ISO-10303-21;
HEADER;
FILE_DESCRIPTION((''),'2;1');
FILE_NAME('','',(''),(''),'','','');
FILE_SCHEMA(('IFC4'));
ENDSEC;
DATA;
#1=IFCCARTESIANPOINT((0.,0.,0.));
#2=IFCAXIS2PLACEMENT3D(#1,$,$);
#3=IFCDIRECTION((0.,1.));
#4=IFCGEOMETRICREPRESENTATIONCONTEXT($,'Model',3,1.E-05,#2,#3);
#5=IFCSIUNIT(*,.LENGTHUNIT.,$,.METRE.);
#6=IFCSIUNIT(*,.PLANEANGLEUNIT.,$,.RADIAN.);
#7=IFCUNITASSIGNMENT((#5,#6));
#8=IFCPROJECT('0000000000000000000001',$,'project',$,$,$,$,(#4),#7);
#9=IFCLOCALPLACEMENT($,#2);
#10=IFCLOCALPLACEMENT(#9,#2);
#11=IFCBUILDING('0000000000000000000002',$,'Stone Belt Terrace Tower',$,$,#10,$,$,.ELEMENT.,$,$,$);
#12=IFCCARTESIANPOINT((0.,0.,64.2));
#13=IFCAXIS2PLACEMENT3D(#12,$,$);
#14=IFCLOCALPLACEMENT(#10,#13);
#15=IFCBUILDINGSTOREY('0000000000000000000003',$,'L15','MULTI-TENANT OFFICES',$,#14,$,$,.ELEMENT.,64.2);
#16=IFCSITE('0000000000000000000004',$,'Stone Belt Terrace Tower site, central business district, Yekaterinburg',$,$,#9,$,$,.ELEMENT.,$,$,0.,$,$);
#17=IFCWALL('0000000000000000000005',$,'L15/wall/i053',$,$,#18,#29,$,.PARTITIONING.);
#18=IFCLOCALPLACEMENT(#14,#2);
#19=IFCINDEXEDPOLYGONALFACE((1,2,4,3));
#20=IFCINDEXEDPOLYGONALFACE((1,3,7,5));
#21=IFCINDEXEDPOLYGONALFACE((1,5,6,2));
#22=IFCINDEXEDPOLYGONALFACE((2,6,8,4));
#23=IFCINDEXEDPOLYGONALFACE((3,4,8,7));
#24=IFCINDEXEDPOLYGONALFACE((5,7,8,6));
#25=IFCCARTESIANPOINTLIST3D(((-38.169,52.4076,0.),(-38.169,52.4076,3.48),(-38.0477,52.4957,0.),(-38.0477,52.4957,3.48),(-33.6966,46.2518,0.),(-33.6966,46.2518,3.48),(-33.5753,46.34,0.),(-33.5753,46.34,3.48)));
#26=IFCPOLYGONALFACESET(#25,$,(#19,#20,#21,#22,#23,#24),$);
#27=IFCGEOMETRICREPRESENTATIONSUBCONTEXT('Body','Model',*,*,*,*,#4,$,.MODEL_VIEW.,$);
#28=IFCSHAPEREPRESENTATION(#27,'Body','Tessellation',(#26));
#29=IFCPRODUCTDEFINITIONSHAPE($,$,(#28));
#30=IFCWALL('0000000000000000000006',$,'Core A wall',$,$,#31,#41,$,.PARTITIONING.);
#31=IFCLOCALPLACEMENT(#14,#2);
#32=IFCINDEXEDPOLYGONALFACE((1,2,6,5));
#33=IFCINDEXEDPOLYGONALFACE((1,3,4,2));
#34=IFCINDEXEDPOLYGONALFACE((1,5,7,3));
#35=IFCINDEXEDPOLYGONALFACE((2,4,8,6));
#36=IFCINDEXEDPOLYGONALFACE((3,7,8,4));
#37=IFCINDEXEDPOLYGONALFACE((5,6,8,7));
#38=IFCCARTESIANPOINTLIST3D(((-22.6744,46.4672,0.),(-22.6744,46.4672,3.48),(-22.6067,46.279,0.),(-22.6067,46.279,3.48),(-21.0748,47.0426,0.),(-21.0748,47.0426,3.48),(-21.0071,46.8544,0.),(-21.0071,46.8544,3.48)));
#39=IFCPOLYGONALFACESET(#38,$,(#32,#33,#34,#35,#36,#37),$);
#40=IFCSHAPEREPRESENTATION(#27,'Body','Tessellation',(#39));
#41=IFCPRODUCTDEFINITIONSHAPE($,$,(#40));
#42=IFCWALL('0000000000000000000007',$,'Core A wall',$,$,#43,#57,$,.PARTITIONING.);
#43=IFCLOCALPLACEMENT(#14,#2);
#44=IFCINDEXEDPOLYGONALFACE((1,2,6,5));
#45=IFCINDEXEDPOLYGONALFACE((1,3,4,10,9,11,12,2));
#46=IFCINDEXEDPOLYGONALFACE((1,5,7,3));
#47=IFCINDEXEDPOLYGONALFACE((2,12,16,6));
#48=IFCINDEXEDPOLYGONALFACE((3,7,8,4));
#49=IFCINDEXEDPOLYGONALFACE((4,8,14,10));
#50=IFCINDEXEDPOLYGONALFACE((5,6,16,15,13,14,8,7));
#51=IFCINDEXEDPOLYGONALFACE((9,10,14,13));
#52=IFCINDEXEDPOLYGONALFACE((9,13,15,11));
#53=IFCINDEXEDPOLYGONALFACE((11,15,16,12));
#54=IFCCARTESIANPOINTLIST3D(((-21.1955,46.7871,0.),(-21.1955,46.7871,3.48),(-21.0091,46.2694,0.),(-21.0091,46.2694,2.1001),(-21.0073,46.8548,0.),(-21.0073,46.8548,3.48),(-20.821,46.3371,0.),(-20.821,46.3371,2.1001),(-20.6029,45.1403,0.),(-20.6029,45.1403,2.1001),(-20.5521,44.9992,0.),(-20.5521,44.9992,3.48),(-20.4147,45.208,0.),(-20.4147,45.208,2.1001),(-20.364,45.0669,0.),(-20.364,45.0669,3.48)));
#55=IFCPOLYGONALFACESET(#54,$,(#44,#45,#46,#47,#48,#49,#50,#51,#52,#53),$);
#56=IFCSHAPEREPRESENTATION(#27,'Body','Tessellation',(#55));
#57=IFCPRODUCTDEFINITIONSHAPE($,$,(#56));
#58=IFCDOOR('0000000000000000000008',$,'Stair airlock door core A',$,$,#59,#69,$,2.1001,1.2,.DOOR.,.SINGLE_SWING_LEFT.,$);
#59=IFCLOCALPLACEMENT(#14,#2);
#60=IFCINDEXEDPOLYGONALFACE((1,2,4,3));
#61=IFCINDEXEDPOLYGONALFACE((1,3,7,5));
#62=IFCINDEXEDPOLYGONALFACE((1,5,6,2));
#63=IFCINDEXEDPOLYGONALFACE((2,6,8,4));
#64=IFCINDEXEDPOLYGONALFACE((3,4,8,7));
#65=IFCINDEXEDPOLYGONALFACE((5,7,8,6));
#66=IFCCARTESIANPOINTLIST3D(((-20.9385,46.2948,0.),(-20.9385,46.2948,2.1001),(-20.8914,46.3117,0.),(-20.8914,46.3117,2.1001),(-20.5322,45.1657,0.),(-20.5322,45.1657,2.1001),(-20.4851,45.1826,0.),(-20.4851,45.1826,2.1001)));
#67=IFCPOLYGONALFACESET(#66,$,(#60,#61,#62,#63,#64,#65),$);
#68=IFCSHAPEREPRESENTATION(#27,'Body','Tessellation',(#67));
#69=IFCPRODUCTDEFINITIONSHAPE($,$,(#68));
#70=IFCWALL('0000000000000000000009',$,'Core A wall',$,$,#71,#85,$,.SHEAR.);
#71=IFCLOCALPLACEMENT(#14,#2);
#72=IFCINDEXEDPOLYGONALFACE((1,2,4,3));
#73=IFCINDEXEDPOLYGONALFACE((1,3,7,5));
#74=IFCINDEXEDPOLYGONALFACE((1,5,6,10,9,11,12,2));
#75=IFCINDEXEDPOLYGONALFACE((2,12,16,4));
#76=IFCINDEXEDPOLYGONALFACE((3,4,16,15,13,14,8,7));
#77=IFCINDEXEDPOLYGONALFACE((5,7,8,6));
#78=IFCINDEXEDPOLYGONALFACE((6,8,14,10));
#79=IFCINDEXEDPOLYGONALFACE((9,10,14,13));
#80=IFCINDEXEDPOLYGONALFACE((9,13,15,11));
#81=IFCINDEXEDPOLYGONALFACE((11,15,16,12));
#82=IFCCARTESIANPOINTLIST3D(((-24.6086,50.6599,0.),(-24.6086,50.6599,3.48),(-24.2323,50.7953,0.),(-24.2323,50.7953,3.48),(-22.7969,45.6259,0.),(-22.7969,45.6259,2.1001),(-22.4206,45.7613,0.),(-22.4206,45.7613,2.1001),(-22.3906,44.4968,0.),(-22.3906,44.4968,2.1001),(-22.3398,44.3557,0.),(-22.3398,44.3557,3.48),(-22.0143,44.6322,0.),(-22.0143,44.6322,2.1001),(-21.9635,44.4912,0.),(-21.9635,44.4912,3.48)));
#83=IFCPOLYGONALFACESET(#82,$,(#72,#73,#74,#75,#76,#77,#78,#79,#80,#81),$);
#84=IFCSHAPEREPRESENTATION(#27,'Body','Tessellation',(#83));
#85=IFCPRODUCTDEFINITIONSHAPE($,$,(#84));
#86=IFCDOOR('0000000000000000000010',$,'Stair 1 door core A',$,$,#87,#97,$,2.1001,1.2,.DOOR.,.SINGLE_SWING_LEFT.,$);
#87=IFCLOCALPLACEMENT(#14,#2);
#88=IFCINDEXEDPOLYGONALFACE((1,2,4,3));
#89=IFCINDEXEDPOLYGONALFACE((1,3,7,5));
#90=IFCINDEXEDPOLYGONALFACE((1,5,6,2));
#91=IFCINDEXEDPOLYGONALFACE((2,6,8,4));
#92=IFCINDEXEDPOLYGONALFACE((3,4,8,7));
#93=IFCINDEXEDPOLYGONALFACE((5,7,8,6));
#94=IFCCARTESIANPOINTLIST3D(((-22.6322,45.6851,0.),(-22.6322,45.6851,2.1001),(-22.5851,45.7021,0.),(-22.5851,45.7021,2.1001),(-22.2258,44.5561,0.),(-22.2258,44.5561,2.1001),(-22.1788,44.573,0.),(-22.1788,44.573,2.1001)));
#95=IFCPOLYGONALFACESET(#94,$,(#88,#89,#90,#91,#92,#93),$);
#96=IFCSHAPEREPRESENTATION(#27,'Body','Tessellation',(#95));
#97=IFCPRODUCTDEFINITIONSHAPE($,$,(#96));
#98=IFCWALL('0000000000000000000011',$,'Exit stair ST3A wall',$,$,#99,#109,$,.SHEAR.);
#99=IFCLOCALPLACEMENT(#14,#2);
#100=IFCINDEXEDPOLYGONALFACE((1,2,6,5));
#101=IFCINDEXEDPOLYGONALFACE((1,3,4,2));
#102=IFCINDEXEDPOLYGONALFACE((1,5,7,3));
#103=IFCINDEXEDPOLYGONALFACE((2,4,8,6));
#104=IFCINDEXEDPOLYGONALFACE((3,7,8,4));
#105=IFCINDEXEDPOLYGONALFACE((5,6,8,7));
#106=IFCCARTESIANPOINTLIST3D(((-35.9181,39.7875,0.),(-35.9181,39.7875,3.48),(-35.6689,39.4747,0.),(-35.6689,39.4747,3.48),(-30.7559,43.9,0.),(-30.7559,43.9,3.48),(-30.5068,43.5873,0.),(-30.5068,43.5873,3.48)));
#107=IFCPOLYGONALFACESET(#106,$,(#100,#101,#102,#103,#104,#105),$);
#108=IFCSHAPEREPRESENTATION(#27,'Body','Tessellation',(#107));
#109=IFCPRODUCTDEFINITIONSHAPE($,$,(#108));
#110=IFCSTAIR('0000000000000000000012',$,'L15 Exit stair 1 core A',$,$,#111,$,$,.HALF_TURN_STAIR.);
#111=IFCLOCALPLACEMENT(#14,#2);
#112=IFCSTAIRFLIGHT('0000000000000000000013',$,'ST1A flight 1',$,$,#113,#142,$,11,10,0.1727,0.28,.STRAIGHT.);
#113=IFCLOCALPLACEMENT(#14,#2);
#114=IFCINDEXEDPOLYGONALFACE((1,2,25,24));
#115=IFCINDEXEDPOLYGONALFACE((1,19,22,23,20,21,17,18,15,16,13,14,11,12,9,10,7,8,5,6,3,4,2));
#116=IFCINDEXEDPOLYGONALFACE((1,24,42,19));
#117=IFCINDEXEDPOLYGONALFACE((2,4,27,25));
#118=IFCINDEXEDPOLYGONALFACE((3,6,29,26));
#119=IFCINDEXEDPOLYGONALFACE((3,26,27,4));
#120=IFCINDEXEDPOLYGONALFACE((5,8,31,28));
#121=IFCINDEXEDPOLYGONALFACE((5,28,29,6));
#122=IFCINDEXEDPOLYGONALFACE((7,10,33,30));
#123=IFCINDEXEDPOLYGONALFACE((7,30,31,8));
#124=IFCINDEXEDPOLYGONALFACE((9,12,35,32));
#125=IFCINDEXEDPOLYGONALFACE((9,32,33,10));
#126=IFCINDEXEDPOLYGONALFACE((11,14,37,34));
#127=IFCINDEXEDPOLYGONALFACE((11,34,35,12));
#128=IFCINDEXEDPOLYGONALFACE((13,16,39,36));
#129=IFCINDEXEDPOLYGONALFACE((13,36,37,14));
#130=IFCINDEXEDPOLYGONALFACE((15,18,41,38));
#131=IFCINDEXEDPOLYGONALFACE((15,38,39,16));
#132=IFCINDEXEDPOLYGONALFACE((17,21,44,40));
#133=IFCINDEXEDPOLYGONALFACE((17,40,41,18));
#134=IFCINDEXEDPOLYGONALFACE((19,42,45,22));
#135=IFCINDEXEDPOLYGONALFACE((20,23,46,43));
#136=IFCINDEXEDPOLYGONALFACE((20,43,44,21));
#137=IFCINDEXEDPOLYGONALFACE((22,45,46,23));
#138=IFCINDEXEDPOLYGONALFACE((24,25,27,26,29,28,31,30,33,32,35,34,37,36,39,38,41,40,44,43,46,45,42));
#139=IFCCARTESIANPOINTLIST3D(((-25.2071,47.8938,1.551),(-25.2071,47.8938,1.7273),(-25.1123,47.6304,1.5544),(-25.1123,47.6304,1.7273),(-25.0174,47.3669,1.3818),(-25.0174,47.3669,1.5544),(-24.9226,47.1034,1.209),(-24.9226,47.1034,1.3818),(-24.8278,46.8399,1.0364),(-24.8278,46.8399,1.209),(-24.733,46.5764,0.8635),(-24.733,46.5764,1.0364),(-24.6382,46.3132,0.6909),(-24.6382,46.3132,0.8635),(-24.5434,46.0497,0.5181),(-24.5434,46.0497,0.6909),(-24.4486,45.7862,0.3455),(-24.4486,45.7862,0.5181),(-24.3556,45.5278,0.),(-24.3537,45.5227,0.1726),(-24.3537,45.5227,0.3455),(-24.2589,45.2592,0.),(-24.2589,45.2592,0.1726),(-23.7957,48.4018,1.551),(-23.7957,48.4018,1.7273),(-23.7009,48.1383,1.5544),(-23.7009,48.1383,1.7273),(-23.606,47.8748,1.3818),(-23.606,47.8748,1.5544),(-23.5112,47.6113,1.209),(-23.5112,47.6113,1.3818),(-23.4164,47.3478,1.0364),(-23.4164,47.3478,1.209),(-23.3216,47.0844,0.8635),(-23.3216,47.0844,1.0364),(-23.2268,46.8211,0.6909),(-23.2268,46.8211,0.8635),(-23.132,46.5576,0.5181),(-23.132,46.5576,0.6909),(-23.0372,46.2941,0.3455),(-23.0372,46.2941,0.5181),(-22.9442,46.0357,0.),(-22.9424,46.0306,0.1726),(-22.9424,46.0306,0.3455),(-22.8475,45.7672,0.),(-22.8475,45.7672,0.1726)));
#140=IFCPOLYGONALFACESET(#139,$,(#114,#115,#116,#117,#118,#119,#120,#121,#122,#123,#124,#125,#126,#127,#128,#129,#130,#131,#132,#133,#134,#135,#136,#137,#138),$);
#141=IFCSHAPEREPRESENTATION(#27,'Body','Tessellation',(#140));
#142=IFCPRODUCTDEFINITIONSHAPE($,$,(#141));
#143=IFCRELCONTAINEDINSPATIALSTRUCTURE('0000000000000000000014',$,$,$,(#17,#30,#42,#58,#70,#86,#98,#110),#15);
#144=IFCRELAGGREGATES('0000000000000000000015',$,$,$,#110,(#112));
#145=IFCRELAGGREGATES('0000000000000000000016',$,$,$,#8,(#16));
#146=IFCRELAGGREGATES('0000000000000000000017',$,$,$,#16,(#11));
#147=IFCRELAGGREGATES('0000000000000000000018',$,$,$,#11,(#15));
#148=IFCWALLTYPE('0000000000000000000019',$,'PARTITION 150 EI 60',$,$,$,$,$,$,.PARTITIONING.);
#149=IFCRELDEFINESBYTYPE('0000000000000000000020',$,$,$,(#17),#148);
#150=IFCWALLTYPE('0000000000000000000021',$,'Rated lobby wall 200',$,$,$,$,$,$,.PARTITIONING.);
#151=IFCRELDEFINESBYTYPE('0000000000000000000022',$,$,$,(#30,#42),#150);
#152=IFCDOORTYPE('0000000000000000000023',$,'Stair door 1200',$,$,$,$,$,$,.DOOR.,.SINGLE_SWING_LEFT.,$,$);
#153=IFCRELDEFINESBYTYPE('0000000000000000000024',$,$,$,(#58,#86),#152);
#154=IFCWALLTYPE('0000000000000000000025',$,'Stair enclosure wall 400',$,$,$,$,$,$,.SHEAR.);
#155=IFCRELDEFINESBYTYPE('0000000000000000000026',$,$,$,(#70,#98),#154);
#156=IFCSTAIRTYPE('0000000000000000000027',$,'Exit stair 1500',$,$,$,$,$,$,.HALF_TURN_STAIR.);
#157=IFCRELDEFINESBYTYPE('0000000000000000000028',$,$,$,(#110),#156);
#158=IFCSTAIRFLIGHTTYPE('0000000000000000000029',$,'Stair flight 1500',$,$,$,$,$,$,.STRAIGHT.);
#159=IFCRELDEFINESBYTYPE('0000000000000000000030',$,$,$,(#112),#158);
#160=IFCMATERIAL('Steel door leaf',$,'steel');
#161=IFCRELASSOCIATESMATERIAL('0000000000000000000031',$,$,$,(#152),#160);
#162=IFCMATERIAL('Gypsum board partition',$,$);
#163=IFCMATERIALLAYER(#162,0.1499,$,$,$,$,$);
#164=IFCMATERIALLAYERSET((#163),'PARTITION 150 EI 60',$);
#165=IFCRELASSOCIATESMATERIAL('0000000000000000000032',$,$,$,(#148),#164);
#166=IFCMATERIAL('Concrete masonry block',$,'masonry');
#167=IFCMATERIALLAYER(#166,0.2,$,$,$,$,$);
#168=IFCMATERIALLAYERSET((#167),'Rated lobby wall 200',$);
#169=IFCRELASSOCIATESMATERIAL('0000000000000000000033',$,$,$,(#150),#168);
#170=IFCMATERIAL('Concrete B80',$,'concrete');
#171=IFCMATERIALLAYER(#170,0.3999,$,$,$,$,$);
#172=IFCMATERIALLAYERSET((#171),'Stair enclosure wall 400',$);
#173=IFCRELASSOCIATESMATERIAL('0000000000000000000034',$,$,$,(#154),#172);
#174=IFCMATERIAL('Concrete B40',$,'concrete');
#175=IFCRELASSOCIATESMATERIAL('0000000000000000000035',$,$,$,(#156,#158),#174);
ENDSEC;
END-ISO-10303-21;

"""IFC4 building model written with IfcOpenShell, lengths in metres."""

from ifc_helpers import new_model, si_unit, direction, frame, frame_2d, origin, place, context, subcontext, project, spatial, polyline, rectangle, outline, extrude, material, layer, layer_set, type_object, element, fill, aggregate, save


model = new_model("IFC4")

# Units and contexts
model_context = context("Model", 3, precision=1e-05, world=origin(), true_north=direction((0.0, 1.0)))
body_context = subcontext(model_context, "Body", "Model", "MODEL_VIEW")
ifc_project = project(units=[si_unit("LENGTHUNIT", "METRE"), si_unit("PLANEANGLEUNIT", "RADIAN")], contexts=[model_context])

# Site, building, storey
site_placement = place(None, origin())
site = spatial("IfcSite", under=ifc_project, at=site_placement, Name="Stone Belt Terrace Tower site, central business district, Yekaterinburg", CompositionType="ELEMENT", RefElevation=0.0)
building_placement = place(site_placement, origin())
building = spatial("IfcBuilding", under=site, at=building_placement, Name="Stone Belt Terrace Tower", CompositionType="ELEMENT")
storey_placement = place(building_placement, frame((0.0, 0.0, 64.2)))
storey = spatial("IfcBuildingStorey", under=building, at=storey_placement, Name="L15", Description="MULTI-TENANT OFFICES", CompositionType="ELEMENT", Elevation=64.2)

# Shared definitions
ifc_material_1 = material(Name="Concrete B80", Category="concrete")

# Shared definitions
ifc_material_2 = material(Name="Steel door leaf", Category="steel")
door_type_1 = type_object("IfcDoorType", Name="Stair door 1200", OperationType="SINGLE_SWING_LEFT", PredefinedType="DOOR", material=ifc_material_2)

# Shared definitions
ifc_material_3 = material(Name="Gypsum board partition")
ifc_layer_1 = layer(ifc_material_3, 0.1499)
ifc_layer_set_1 = layer_set([ifc_layer_1], Name="PARTITION 150 EI 60")
wall_type_1 = type_object("IfcWallType", Name="PARTITION 150 EI 60", PredefinedType="PARTITIONING", material=ifc_layer_set_1)

# Walls
wall_1_placement = place(storey_placement, frame((-33.636, 46.2959, 0.0), z_axis=(0.0, 0.0, 1.0), x_axis=(-0.587784, 0.809018, 0.0)))
element("IfcWall", 1, at=wall_1_placement, inside=storey, type_object=wall_type_1, Name="L15/wall/i053", PredefinedType="PARTITIONING", context=body_context, shape_type="SweptSolid", body=[
    extrude(rectangle(XDim=7.6089, YDim=0.1499, at=frame_2d((3.8044, 0.0))), origin(), (0.0, 0.0, 1.0), 3.48),
])
ifc_material_4 = material(Name="Concrete masonry block", Category="masonry")
ifc_layer_2 = layer(ifc_material_4, 0.2)
ifc_layer_set_2 = layer_set([ifc_layer_2], Name="Rated lobby wall 200")
wall_type_2 = type_object("IfcWallType", Name="Rated lobby wall 200", PredefinedType="PARTITIONING", material=ifc_layer_set_2)
wall_2_placement = place(storey_placement, frame((-22.6406, 46.373, 0.0), z_axis=(0.0, 0.0, 1.0), x_axis=(0.940966, 0.338501, 0.0)))
element("IfcWall", 2, at=wall_2_placement, inside=storey, type_object=wall_type_2, Name="Core A wall", PredefinedType="PARTITIONING", context=body_context, shape_type="SweptSolid", body=[
    extrude(rectangle(XDim=1.7, YDim=0.2, at=frame_2d((0.8501, 0.0))), origin(), (0.0, 0.0, 1.0), 3.48),
])

# Walls, openings, doors
wall_3_placement = place(storey_placement, frame((-20.458, 45.033, 0.0), z_axis=(0.0, 0.0, 1.0), x_axis=(-0.338574, 0.94094, 0.0)))
wall_3 = element("IfcWall", 3, at=wall_3_placement, inside=storey, type_object=wall_type_2, Name="Core A wall", PredefinedType="PARTITIONING", context=body_context, shape_type="SweptSolid", body=[
    extrude(rectangle(XDim=1.9001, YDim=0.2, at=frame_2d((0.9502, 0.0))), origin(), (0.0, 0.0, 1.0), 3.48),
])
opening_1_placement = place(wall_3_placement, frame((0.1499, 0.0, 0.0)))
opening_1 = element("IfcOpeningElement", 4, at=opening_1_placement, cuts=wall_3, PredefinedType="OPENING", context=body_context, shape_type="SweptSolid", body=[
    extrude(rectangle(XDim=1.2, YDim=2.1001, at=frame_2d((0.6001, 1.05))), frame((0.0, 0.1099, 0.0), z_axis=(0.0, -1.0, 0.0), x_axis=(1.0, 0.0, 0.0)), (0.0, 0.0, 1.0), 0.22),
])
door_1_placement = place(opening_1_placement, origin())
door_1 = element("IfcDoor", 5, at=door_1_placement, inside=storey, type_object=door_type_1, Name="Stair airlock door core A", OperationType="SINGLE_SWING_LEFT", OverallHeight=2.1001, OverallWidth=1.2, PredefinedType="DOOR", context=body_context, shape_type="SweptSolid", body=[
    extrude(rectangle(XDim=1.2, YDim=2.1001, at=frame_2d((0.6001, 1.05))), frame((0.0, 0.0249, 0.0), z_axis=(0.0, -1.0, 0.0), x_axis=(1.0, 0.0, 0.0)), (0.0, 0.0, 1.0), 0.05),
])
fill(opening_1, door_1)
ifc_layer_3 = layer(ifc_material_1, 0.3999)
ifc_layer_set_3 = layer_set([ifc_layer_3], Name="Stair enclosure wall 400")
wall_type_3 = type_object("IfcWallType", Name="Stair enclosure wall 400", PredefinedType="SHEAR", material=ifc_layer_set_3)
wall_4_placement = place(storey_placement, frame((-22.1516, 44.4233, 0.0), z_axis=(0.0, 0.0, 1.0), x_axis=(-0.338625, 0.940921, 0.0)))
wall_4 = element("IfcWall", 6, at=wall_4_placement, inside=storey, type_object=wall_type_3, Name="Core A wall", PredefinedType="SHEAR", context=body_context, shape_type="SweptSolid", body=[
    extrude(rectangle(XDim=6.7, YDim=0.3999, at=frame_2d((3.3501, 0.0))), origin(), (0.0, 0.0, 1.0), 3.48),
])
opening_2_placement = place(wall_4_placement, frame((0.1499, 0.0, 0.0)))
opening_2 = element("IfcOpeningElement", 7, at=opening_2_placement, cuts=wall_4, PredefinedType="OPENING", context=body_context, shape_type="SweptSolid", body=[
    extrude(rectangle(XDim=1.2, YDim=2.1001, at=frame_2d((0.6001, 1.05))), frame((0.0, 0.21, 0.0), z_axis=(0.0, -1.0, 0.0), x_axis=(1.0, 0.0, 0.0)), (0.0, 0.0, 1.0), 0.4199),
])
door_2_placement = place(opening_2_placement, origin())
door_2 = element("IfcDoor", 8, at=door_2_placement, inside=storey, type_object=door_type_1, Name="Stair 1 door core A", OperationType="SINGLE_SWING_LEFT", OverallHeight=2.1001, OverallWidth=1.2, PredefinedType="DOOR", context=body_context, shape_type="SweptSolid", body=[
    extrude(rectangle(XDim=1.2, YDim=2.1001, at=frame_2d((0.6001, 1.05))), frame((0.0, 0.0249, 0.0), z_axis=(0.0, -1.0, 0.0), x_axis=(1.0, 0.0, 0.0)), (0.0, 0.0, 1.0), 0.05),
])
fill(opening_2, door_2)

# Wall
wall_5_placement = place(storey_placement, frame((-30.6313, 43.7437, 0.0), z_axis=(0.0, 0.0, 1.0), x_axis=(-0.782134, -0.62311, 0.0)))
element("IfcWall", 9, at=wall_5_placement, inside=storey, type_object=wall_type_3, Name="Exit stair ST3A wall", PredefinedType="SHEAR", context=body_context, shape_type="SweptSolid", body=[
    extrude(rectangle(XDim=6.6001, YDim=0.3999, at=frame_2d((3.3, 0.0))), origin(), (0.0, 0.0, 1.0), 3.48),
])

# Stair, stair flight
ifc_material_5 = material(Name="Concrete B40", Category="concrete")
stair_type = type_object("IfcStairType", Name="Exit stair 1500", PredefinedType="HALF_TURN_STAIR", material=ifc_material_5)
stair_placement = place(storey_placement, origin())
stair = element("IfcStair", 10, at=stair_placement, inside=storey, type_object=stair_type, Name="L15 Exit stair 1 core A", PredefinedType="HALF_TURN_STAIR")
stair_flight_type = type_object("IfcStairFlightType", Name="Stair flight 1500", PredefinedType="STRAIGHT", material=ifc_material_5)
stair_flight_placement = place(storey_placement, frame((-23.5532, 45.5132, 0.0), z_axis=(0.0, 0.0, 1.0), x_axis=(-0.338624, 0.940922, 0.0)))
stair_flight = element("IfcStairFlight", 11, at=stair_flight_placement, type_object=stair_flight_type, Name="ST1A flight 1", NumberOfRisers=11, NumberOfTreads=10, PredefinedType="STRAIGHT", RiserHeight=0.1727, TreadLength=0.28, context=body_context, shape_type="SweptSolid", body=[
    extrude(outline(polyline([(0.0, 0.0), (0.0, 0.1726), (0.28, 0.1726), (0.28, 0.3455), (0.5601, 0.3455), (0.5601, 0.5181), (0.8401, 0.5181), (0.8401, 0.6909), (1.1201, 0.6909), (1.1201, 0.8635), (1.3999, 0.8635), (1.3999, 1.0364), (1.6799, 1.0364), (1.6799, 1.209), (1.96, 1.209), (1.96, 1.3818), (2.24, 1.3818), (2.24, 1.5544), (2.52, 1.5544), (2.52, 1.7273), (2.8, 1.7273), (2.8, 1.8999), (2.8, 1.551), (0.2854, 0.0), (0.0, 0.0)])), frame((0.0, 0.75, 0.0), z_axis=(0.0, -1.0, 0.0), x_axis=(1.0, 0.0, 0.0)), (0.0, 0.0, 1.0), 1.5),
])
aggregate(stair, [stair_flight])

save(model, "model.ifc")
